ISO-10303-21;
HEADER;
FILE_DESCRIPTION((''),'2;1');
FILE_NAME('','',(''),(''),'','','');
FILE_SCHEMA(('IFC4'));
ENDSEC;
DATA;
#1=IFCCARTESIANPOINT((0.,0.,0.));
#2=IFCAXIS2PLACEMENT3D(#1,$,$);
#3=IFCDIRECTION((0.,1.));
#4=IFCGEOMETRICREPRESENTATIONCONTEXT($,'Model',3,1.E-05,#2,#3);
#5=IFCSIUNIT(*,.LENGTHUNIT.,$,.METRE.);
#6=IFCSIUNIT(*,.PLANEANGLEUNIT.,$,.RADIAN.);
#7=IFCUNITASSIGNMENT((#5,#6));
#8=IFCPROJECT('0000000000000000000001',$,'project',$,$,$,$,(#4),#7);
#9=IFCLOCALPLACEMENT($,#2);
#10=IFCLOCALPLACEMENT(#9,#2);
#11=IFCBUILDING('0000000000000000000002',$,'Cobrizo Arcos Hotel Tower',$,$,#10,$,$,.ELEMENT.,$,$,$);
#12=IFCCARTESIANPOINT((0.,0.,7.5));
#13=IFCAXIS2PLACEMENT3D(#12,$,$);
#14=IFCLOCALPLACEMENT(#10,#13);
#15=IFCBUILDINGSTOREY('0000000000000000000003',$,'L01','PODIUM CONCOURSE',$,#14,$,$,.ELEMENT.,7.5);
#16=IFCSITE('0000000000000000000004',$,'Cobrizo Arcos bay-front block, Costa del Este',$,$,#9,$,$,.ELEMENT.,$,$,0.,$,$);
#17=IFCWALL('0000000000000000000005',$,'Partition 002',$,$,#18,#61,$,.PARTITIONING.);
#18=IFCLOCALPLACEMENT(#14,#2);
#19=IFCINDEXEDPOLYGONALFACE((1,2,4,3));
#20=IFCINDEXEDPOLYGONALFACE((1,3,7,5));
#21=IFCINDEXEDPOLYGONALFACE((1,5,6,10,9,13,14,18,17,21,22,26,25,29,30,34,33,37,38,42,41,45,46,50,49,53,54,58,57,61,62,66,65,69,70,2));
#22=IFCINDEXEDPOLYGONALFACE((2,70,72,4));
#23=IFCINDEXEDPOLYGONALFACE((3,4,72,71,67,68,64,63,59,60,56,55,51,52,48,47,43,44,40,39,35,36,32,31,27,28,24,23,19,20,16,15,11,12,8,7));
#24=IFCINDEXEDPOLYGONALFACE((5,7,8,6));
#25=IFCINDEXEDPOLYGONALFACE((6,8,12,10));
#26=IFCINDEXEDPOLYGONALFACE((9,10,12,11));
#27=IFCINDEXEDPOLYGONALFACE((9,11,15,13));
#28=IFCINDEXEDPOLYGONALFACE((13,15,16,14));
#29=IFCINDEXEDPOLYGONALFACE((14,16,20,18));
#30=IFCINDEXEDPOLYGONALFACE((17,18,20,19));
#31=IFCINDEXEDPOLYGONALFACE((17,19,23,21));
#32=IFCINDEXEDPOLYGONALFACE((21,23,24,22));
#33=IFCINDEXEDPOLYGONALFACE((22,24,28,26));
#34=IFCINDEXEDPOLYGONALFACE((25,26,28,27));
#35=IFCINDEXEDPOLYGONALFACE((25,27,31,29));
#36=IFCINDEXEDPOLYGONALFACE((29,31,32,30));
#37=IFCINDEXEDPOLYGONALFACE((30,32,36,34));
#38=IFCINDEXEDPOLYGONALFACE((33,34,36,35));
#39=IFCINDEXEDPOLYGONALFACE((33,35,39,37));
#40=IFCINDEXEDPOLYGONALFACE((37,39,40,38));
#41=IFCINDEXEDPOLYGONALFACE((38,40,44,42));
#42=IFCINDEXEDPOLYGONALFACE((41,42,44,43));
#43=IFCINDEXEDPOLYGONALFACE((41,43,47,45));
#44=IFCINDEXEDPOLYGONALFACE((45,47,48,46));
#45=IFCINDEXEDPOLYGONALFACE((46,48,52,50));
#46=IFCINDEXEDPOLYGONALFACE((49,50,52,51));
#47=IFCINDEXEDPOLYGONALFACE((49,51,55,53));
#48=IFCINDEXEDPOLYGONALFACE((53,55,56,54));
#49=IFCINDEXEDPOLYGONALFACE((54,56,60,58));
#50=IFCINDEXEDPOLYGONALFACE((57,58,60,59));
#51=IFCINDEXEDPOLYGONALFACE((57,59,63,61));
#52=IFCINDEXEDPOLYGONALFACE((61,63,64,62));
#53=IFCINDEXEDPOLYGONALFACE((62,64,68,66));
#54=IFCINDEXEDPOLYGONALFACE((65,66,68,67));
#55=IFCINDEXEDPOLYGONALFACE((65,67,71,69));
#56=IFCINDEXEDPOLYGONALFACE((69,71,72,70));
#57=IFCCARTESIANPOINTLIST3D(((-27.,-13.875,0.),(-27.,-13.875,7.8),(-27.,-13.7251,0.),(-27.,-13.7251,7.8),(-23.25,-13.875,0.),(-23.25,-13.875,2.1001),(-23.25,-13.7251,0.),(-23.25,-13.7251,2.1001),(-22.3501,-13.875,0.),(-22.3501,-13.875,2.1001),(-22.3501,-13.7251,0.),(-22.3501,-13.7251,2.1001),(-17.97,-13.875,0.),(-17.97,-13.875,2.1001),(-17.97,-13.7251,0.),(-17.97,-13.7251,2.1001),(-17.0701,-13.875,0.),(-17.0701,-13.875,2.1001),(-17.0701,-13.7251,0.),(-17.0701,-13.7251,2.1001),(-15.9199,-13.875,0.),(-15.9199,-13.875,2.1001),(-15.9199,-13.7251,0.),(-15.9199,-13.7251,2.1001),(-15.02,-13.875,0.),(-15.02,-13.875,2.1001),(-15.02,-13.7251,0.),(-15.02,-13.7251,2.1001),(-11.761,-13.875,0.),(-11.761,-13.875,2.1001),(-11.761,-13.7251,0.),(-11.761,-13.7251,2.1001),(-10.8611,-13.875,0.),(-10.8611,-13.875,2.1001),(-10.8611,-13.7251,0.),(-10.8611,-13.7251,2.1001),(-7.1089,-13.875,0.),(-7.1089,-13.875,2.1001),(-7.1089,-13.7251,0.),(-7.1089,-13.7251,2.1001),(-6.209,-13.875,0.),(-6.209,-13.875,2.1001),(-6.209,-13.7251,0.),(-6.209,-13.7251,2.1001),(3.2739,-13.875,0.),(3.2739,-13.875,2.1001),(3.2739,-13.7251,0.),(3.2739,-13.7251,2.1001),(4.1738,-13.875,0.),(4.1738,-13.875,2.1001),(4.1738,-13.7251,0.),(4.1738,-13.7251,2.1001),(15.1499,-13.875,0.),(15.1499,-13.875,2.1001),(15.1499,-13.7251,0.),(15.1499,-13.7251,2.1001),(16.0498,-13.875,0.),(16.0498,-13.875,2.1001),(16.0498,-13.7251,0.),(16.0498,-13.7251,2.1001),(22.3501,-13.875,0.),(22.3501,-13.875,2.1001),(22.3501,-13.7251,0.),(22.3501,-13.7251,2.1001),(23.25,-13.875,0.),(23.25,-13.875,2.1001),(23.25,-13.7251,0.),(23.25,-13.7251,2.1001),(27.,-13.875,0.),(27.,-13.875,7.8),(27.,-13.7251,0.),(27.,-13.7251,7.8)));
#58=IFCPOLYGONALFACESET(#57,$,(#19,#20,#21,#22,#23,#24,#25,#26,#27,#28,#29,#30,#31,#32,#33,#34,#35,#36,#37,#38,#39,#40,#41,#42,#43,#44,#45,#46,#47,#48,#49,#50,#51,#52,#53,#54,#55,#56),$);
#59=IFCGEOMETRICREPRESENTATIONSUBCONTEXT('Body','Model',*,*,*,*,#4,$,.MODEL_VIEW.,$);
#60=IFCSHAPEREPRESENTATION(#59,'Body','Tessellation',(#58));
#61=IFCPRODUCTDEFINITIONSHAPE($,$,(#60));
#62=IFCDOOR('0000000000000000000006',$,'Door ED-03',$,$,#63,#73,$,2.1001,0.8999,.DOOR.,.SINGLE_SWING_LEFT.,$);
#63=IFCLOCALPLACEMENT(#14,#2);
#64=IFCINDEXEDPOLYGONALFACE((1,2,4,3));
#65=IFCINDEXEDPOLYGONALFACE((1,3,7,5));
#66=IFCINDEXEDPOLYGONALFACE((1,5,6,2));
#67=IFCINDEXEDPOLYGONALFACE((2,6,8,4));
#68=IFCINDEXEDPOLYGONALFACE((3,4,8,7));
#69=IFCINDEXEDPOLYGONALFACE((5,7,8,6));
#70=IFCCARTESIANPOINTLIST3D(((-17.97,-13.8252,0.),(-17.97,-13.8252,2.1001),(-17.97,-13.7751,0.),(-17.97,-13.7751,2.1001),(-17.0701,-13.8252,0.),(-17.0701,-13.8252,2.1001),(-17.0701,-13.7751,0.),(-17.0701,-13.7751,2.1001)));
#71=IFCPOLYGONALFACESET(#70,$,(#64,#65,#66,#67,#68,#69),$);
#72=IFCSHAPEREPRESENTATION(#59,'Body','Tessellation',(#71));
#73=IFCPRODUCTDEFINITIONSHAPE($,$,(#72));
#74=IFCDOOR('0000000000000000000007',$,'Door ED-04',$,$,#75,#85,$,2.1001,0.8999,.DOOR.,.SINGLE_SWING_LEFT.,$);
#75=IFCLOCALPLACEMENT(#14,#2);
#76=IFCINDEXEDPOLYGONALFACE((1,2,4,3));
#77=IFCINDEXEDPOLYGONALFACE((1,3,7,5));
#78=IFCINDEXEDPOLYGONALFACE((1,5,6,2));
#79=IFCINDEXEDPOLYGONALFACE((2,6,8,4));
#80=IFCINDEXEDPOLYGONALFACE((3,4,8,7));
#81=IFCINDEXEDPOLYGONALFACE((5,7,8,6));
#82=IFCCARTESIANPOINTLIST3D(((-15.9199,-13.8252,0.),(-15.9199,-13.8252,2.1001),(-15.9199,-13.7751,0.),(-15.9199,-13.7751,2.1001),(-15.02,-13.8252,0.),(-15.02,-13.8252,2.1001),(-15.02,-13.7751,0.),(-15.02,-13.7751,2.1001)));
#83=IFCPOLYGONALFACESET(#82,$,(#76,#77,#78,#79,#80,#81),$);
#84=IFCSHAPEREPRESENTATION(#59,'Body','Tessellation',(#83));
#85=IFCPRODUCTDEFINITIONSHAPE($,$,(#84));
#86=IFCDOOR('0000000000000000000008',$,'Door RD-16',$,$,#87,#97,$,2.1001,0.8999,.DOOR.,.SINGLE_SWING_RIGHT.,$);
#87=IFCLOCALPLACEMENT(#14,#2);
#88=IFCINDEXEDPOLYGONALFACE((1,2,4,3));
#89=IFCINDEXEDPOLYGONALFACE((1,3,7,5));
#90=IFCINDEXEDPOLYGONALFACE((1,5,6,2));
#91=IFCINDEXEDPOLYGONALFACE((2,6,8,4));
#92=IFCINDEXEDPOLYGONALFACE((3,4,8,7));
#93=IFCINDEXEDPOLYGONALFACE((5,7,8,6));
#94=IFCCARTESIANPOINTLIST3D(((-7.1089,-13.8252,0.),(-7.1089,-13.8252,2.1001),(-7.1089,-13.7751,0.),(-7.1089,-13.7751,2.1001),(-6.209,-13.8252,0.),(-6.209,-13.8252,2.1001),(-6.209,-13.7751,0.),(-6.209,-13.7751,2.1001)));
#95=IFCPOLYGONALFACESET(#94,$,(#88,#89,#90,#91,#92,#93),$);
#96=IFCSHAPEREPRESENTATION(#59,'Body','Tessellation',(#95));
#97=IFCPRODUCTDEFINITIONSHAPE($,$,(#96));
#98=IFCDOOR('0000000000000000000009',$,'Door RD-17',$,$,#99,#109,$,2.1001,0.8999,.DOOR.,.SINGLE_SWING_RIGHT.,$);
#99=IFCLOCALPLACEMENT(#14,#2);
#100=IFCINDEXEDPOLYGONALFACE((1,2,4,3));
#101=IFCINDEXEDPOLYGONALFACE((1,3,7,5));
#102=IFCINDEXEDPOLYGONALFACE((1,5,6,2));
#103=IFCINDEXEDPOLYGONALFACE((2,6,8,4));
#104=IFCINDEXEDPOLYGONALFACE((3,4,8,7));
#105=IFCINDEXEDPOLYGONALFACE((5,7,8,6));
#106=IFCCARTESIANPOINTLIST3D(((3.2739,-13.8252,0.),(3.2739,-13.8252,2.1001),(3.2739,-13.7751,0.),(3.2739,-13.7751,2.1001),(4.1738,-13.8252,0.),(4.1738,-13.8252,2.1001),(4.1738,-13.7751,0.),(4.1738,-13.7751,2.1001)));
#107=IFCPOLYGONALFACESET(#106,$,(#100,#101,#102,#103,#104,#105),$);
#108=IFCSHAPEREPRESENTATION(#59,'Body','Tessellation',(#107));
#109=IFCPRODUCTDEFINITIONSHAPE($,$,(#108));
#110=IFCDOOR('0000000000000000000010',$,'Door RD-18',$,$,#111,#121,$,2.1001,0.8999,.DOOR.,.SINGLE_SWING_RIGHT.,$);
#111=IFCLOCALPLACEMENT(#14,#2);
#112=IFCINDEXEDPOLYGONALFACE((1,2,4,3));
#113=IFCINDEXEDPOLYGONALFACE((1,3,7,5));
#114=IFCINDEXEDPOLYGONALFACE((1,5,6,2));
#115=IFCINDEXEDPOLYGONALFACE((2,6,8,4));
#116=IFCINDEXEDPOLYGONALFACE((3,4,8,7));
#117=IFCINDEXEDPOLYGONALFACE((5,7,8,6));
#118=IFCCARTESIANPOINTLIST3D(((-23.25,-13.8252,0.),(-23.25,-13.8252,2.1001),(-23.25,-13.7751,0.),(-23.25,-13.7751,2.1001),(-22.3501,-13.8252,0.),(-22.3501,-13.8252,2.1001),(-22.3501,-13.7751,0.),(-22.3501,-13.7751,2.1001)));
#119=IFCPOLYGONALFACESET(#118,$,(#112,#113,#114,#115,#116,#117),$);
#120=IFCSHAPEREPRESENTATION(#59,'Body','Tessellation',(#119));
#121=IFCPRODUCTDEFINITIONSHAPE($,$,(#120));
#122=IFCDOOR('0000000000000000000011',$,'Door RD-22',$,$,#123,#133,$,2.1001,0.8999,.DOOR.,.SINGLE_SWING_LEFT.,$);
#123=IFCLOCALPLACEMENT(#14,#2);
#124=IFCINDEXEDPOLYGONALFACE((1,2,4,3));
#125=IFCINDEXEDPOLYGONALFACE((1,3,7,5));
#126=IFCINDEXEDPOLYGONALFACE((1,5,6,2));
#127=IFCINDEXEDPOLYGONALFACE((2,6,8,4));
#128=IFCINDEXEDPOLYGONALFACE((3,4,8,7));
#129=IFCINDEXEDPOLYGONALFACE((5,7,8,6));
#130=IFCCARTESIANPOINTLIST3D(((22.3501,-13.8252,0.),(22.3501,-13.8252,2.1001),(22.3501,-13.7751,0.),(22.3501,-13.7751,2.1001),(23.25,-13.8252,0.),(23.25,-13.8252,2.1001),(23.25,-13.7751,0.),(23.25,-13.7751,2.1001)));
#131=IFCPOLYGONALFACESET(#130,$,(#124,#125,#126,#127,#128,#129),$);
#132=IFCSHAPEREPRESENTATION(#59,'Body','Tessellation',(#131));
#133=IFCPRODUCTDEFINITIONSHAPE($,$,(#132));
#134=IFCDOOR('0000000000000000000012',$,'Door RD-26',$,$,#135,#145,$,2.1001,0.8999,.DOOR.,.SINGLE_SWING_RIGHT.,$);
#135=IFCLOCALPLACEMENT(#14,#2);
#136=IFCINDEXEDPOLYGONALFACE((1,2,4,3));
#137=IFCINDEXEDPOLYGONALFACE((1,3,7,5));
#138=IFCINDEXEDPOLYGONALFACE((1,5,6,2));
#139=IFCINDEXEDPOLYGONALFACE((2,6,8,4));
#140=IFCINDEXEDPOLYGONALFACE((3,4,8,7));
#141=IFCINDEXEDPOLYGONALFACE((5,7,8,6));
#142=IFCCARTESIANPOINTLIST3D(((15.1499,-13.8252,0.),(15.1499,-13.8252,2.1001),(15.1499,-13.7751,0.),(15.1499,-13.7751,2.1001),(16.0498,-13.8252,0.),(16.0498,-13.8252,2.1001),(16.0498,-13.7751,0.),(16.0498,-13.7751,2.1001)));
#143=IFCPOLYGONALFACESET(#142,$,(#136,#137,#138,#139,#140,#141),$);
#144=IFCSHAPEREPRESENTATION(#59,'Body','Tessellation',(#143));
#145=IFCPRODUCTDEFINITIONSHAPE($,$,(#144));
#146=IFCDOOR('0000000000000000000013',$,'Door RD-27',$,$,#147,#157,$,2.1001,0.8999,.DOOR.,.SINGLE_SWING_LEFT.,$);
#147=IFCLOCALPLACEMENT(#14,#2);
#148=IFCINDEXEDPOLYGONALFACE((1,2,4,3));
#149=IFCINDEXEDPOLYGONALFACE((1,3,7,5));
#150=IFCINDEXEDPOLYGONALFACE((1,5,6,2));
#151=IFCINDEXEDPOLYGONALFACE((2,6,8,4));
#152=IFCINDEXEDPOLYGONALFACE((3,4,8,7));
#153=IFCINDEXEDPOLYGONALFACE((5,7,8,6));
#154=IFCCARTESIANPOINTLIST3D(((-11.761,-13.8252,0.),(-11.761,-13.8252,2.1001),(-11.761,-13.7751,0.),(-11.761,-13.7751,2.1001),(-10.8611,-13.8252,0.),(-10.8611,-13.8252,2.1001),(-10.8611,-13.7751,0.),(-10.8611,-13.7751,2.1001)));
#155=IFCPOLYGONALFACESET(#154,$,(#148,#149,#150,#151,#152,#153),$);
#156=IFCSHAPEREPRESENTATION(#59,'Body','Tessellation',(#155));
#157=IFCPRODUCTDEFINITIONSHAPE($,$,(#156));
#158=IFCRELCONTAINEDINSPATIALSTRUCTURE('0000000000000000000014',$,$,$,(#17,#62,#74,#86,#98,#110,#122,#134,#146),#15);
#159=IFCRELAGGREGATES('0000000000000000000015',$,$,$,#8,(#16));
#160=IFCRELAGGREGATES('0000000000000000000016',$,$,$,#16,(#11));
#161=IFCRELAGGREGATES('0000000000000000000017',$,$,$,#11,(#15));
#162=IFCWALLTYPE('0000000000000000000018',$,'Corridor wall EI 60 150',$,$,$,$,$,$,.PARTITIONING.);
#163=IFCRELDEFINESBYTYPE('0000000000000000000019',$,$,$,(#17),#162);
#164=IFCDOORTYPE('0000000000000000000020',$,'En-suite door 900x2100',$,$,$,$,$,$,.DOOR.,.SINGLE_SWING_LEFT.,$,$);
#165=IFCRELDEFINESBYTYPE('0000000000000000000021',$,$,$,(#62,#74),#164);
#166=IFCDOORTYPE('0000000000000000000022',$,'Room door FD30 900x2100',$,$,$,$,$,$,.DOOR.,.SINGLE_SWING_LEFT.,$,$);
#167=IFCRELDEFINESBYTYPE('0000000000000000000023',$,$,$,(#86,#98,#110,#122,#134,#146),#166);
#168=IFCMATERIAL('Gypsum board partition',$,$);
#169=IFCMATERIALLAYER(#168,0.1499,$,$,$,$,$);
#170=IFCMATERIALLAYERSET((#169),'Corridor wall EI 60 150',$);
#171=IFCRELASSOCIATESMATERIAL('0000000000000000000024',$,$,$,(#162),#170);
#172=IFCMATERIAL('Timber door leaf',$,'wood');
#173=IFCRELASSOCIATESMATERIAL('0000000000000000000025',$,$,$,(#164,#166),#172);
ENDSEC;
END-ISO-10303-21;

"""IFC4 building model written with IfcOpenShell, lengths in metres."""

from ifc_helpers import new_model, si_unit, direction, frame, frame_2d, origin, place, context, subcontext, project, spatial, rectangle, extrude, material, layer, layer_set, type_object, element, fill, save


model = new_model("IFC4")

# Units and contexts
model_context = context("Model", 3, precision=1e-05, world=origin(), true_north=direction((0.0, 1.0)))
body_context = subcontext(model_context, "Body", "Model", "MODEL_VIEW")
ifc_project = project(units=[si_unit("LENGTHUNIT", "METRE"), si_unit("PLANEANGLEUNIT", "RADIAN")], contexts=[model_context])

# Site, building, storey
site_placement = place(None, origin())
site = spatial("IfcSite", under=ifc_project, at=site_placement, Name="Cobrizo Arcos bay-front block, Costa del Este", CompositionType="ELEMENT", RefElevation=0.0)
building_placement = place(site_placement, origin())
building = spatial("IfcBuilding", under=site, at=building_placement, Name="Cobrizo Arcos Hotel Tower", CompositionType="ELEMENT")
storey_placement = place(building_placement, frame((0.0, 0.0, 7.5)))
storey = spatial("IfcBuildingStorey", under=building, at=storey_placement, Name="L01", Description="PODIUM CONCOURSE", CompositionType="ELEMENT", Elevation=7.5)

# Wall, openings, doors
ifc_material_1 = material(Name="Gypsum board partition")
ifc_layer_1 = layer(ifc_material_1, 0.1499)
ifc_layer_set_1 = layer_set([ifc_layer_1], Name="Corridor wall EI 60 150")
wall_type_1 = type_object("IfcWallType", Name="Corridor wall EI 60 150", PredefinedType="PARTITIONING", material=ifc_layer_set_1)
wall_1_placement = place(storey_placement, frame((-27.0, -13.8, 0.0), z_axis=(0.0, 0.0, 1.0), x_axis=(1.0, 0.0, 0.0)))
wall_1 = element("IfcWall", 1, at=wall_1_placement, inside=storey, type_object=wall_type_1, Name="Partition 002", PredefinedType="PARTITIONING", context=body_context, shape_type="SweptSolid", body=[
    extrude(rectangle(XDim=54.0, YDim=0.1499, at=frame_2d((27.0, 0.0))), origin(), (0.0, 0.0, 1.0), 7.8),
])
opening_1_placement = place(wall_1_placement, frame((9.03, 0.0, 0.0)))
opening_1 = element("IfcOpeningElement", 2, at=opening_1_placement, cuts=wall_1, PredefinedType="OPENING", context=body_context, shape_type="SweptSolid", body=[
    extrude(rectangle(XDim=0.8999, YDim=2.1001, at=frame_2d((0.45, 1.05))), frame((0.0, 0.0869, 0.0), z_axis=(0.0, -1.0, 0.0), x_axis=(1.0, 0.0, 0.0)), (0.0, 0.0, 1.0), 0.1738),
])
opening_2_placement = place(wall_1_placement, frame((11.0801, 0.0, 0.0)))
opening_2 = element("IfcOpeningElement", 3, at=opening_2_placement, cuts=wall_1, PredefinedType="OPENING", context=body_context, shape_type="SweptSolid", body=[
    extrude(rectangle(XDim=0.8999, YDim=2.1001, at=frame_2d((0.45, 1.05))), frame((0.0, 0.0869, 0.0), z_axis=(0.0, -1.0, 0.0), x_axis=(1.0, 0.0, 0.0)), (0.0, 0.0, 1.0), 0.1738),
])
opening_3_placement = place(wall_1_placement, frame((19.8911, 0.0, 0.0)))
opening_3 = element("IfcOpeningElement", 4, at=opening_3_placement, cuts=wall_1, PredefinedType="OPENING", context=body_context, shape_type="SweptSolid", body=[
    extrude(rectangle(XDim=0.8999, YDim=2.1001, at=frame_2d((0.45, 1.05))), frame((0.0, 0.0869, 0.0), z_axis=(0.0, -1.0, 0.0), x_axis=(1.0, 0.0, 0.0)), (0.0, 0.0, 1.0), 0.1738),
])
opening_4_placement = place(wall_1_placement, frame((30.2739, 0.0, 0.0)))
opening_4 = element("IfcOpeningElement", 5, at=opening_4_placement, cuts=wall_1, PredefinedType="OPENING", context=body_context, shape_type="SweptSolid", body=[
    extrude(rectangle(XDim=0.8999, YDim=2.1001, at=frame_2d((0.45, 1.05))), frame((0.0, 0.0869, 0.0), z_axis=(0.0, -1.0, 0.0), x_axis=(1.0, 0.0, 0.0)), (0.0, 0.0, 1.0), 0.1738),
])
opening_5_placement = place(wall_1_placement, frame((3.75, 0.0, 0.0)))
opening_5 = element("IfcOpeningElement", 6, at=opening_5_placement, cuts=wall_1, PredefinedType="OPENING", context=body_context, shape_type="SweptSolid", body=[
    extrude(rectangle(XDim=0.8999, YDim=2.1001, at=frame_2d((0.45, 1.05))), frame((0.0, 0.0869, 0.0), z_axis=(0.0, -1.0, 0.0), x_axis=(1.0, 0.0, 0.0)), (0.0, 0.0, 1.0), 0.1738),
])
opening_6_placement = place(wall_1_placement, frame((49.3501, 0.0, 0.0)))
opening_6 = element("IfcOpeningElement", 7, at=opening_6_placement, cuts=wall_1, PredefinedType="OPENING", context=body_context, shape_type="SweptSolid", body=[
    extrude(rectangle(XDim=0.8999, YDim=2.1001, at=frame_2d((0.45, 1.05))), frame((0.0, 0.0869, 0.0), z_axis=(0.0, -1.0, 0.0), x_axis=(1.0, 0.0, 0.0)), (0.0, 0.0, 1.0), 0.1738),
])
opening_7_placement = place(wall_1_placement, frame((42.1499, 0.0, 0.0)))
opening_7 = element("IfcOpeningElement", 8, at=opening_7_placement, cuts=wall_1, PredefinedType="OPENING", context=body_context, shape_type="SweptSolid", body=[
    extrude(rectangle(XDim=0.8999, YDim=2.1001, at=frame_2d((0.45, 1.05))), frame((0.0, 0.0869, 0.0), z_axis=(0.0, -1.0, 0.0), x_axis=(1.0, 0.0, 0.0)), (0.0, 0.0, 1.0), 0.1738),
])
opening_8_placement = place(wall_1_placement, frame((15.239, 0.0, 0.0)))
opening_8 = element("IfcOpeningElement", 9, at=opening_8_placement, cuts=wall_1, PredefinedType="OPENING", context=body_context, shape_type="SweptSolid", body=[
    extrude(rectangle(XDim=0.8999, YDim=2.1001, at=frame_2d((0.45, 1.05))), frame((0.0, 0.0869, 0.0), z_axis=(0.0, -1.0, 0.0), x_axis=(1.0, 0.0, 0.0)), (0.0, 0.0, 1.0), 0.1738),
])
ifc_material_2 = material(Name="Timber door leaf", Category="wood")
door_type_1 = type_object("IfcDoorType", Name="En-suite door 900x2100", OperationType="SINGLE_SWING_LEFT", PredefinedType="DOOR", material=ifc_material_2)
door_1_placement = place(opening_1_placement, origin())
door_1 = element("IfcDoor", 10, at=door_1_placement, inside=storey, type_object=door_type_1, Name="Door ED-03", OperationType="SINGLE_SWING_LEFT", OverallHeight=2.1001, OverallWidth=0.8999, PredefinedType="DOOR", context=body_context, shape_type="SweptSolid", body=[
    extrude(rectangle(XDim=0.8999, YDim=2.1001, at=frame_2d((0.45, 1.05))), frame((0.0, 0.0249, 0.0), z_axis=(0.0, -1.0, 0.0), x_axis=(1.0, 0.0, 0.0)), (0.0, 0.0, 1.0), 0.05),
])
fill(opening_1, door_1)
door_2_placement = place(opening_2_placement, origin())
door_2 = element("IfcDoor", 11, at=door_2_placement, inside=storey, type_object=door_type_1, Name="Door ED-04", OperationType="SINGLE_SWING_LEFT", OverallHeight=2.1001, OverallWidth=0.8999, PredefinedType="DOOR", context=body_context, shape_type="SweptSolid", body=[
    extrude(rectangle(XDim=0.8999, YDim=2.1001, at=frame_2d((0.45, 1.05))), frame((0.0, 0.0249, 0.0), z_axis=(0.0, -1.0, 0.0), x_axis=(1.0, 0.0, 0.0)), (0.0, 0.0, 1.0), 0.05),
])
fill(opening_2, door_2)
door_type_2 = type_object("IfcDoorType", Name="Room door FD30 900x2100", OperationType="SINGLE_SWING_LEFT", PredefinedType="DOOR", material=ifc_material_2)
door_3_placement = place(opening_3_placement, origin())
door_3 = element("IfcDoor", 12, at=door_3_placement, inside=storey, type_object=door_type_2, Name="Door RD-16", OperationType="SINGLE_SWING_RIGHT", OverallHeight=2.1001, OverallWidth=0.8999, PredefinedType="DOOR", context=body_context, shape_type="SweptSolid", body=[
    extrude(rectangle(XDim=0.8999, YDim=2.1001, at=frame_2d((0.45, 1.05))), frame((0.0, 0.0249, 0.0), z_axis=(0.0, -1.0, 0.0), x_axis=(1.0, 0.0, 0.0)), (0.0, 0.0, 1.0), 0.05),
])
fill(opening_3, door_3)
door_4_placement = place(opening_4_placement, origin())
door_4 = element("IfcDoor", 13, at=door_4_placement, inside=storey, type_object=door_type_2, Name="Door RD-17", OperationType="SINGLE_SWING_RIGHT", OverallHeight=2.1001, OverallWidth=0.8999, PredefinedType="DOOR", context=body_context, shape_type="SweptSolid", body=[
    extrude(rectangle(XDim=0.8999, YDim=2.1001, at=frame_2d((0.45, 1.05))), frame((0.0, 0.0249, 0.0), z_axis=(0.0, -1.0, 0.0), x_axis=(1.0, 0.0, 0.0)), (0.0, 0.0, 1.0), 0.05),
])
fill(opening_4, door_4)
door_5_placement = place(opening_5_placement, origin())
door_5 = element("IfcDoor", 14, at=door_5_placement, inside=storey, type_object=door_type_2, Name="Door RD-18", OperationType="SINGLE_SWING_RIGHT", OverallHeight=2.1001, OverallWidth=0.8999, PredefinedType="DOOR", context=body_context, shape_type="SweptSolid", body=[
    extrude(rectangle(XDim=0.8999, YDim=2.1001, at=frame_2d((0.45, 1.05))), frame((0.0, 0.0249, 0.0), z_axis=(0.0, -1.0, 0.0), x_axis=(1.0, 0.0, 0.0)), (0.0, 0.0, 1.0), 0.05),
])
fill(opening_5, door_5)
door_6_placement = place(opening_6_placement, origin())
door_6 = element("IfcDoor", 15, at=door_6_placement, inside=storey, type_object=door_type_2, Name="Door RD-22", OperationType="SINGLE_SWING_LEFT", OverallHeight=2.1001, OverallWidth=0.8999, PredefinedType="DOOR", context=body_context, shape_type="SweptSolid", body=[
    extrude(rectangle(XDim=0.8999, YDim=2.1001, at=frame_2d((0.45, 1.05))), frame((0.0, 0.0249, 0.0), z_axis=(0.0, -1.0, 0.0), x_axis=(1.0, 0.0, 0.0)), (0.0, 0.0, 1.0), 0.05),
])
fill(opening_6, door_6)
door_7_placement = place(opening_7_placement, origin())
door_7 = element("IfcDoor", 16, at=door_7_placement, inside=storey, type_object=door_type_2, Name="Door RD-26", OperationType="SINGLE_SWING_RIGHT", OverallHeight=2.1001, OverallWidth=0.8999, PredefinedType="DOOR", context=body_context, shape_type="SweptSolid", body=[
    extrude(rectangle(XDim=0.8999, YDim=2.1001, at=frame_2d((0.45, 1.05))), frame((0.0, 0.0249, 0.0), z_axis=(0.0, -1.0, 0.0), x_axis=(1.0, 0.0, 0.0)), (0.0, 0.0, 1.0), 0.05),
])
fill(opening_7, door_7)
door_8_placement = place(opening_8_placement, origin())
door_8 = element("IfcDoor", 17, at=door_8_placement, inside=storey, type_object=door_type_2, Name="Door RD-27", OperationType="SINGLE_SWING_LEFT", OverallHeight=2.1001, OverallWidth=0.8999, PredefinedType="DOOR", context=body_context, shape_type="SweptSolid", body=[
    extrude(rectangle(XDim=0.8999, YDim=2.1001, at=frame_2d((0.45, 1.05))), frame((0.0, 0.0249, 0.0), z_axis=(0.0, -1.0, 0.0), x_axis=(1.0, 0.0, 0.0)), (0.0, 0.0, 1.0), 0.05),
])
fill(opening_8, door_8)

save(model, "model.ifc")
